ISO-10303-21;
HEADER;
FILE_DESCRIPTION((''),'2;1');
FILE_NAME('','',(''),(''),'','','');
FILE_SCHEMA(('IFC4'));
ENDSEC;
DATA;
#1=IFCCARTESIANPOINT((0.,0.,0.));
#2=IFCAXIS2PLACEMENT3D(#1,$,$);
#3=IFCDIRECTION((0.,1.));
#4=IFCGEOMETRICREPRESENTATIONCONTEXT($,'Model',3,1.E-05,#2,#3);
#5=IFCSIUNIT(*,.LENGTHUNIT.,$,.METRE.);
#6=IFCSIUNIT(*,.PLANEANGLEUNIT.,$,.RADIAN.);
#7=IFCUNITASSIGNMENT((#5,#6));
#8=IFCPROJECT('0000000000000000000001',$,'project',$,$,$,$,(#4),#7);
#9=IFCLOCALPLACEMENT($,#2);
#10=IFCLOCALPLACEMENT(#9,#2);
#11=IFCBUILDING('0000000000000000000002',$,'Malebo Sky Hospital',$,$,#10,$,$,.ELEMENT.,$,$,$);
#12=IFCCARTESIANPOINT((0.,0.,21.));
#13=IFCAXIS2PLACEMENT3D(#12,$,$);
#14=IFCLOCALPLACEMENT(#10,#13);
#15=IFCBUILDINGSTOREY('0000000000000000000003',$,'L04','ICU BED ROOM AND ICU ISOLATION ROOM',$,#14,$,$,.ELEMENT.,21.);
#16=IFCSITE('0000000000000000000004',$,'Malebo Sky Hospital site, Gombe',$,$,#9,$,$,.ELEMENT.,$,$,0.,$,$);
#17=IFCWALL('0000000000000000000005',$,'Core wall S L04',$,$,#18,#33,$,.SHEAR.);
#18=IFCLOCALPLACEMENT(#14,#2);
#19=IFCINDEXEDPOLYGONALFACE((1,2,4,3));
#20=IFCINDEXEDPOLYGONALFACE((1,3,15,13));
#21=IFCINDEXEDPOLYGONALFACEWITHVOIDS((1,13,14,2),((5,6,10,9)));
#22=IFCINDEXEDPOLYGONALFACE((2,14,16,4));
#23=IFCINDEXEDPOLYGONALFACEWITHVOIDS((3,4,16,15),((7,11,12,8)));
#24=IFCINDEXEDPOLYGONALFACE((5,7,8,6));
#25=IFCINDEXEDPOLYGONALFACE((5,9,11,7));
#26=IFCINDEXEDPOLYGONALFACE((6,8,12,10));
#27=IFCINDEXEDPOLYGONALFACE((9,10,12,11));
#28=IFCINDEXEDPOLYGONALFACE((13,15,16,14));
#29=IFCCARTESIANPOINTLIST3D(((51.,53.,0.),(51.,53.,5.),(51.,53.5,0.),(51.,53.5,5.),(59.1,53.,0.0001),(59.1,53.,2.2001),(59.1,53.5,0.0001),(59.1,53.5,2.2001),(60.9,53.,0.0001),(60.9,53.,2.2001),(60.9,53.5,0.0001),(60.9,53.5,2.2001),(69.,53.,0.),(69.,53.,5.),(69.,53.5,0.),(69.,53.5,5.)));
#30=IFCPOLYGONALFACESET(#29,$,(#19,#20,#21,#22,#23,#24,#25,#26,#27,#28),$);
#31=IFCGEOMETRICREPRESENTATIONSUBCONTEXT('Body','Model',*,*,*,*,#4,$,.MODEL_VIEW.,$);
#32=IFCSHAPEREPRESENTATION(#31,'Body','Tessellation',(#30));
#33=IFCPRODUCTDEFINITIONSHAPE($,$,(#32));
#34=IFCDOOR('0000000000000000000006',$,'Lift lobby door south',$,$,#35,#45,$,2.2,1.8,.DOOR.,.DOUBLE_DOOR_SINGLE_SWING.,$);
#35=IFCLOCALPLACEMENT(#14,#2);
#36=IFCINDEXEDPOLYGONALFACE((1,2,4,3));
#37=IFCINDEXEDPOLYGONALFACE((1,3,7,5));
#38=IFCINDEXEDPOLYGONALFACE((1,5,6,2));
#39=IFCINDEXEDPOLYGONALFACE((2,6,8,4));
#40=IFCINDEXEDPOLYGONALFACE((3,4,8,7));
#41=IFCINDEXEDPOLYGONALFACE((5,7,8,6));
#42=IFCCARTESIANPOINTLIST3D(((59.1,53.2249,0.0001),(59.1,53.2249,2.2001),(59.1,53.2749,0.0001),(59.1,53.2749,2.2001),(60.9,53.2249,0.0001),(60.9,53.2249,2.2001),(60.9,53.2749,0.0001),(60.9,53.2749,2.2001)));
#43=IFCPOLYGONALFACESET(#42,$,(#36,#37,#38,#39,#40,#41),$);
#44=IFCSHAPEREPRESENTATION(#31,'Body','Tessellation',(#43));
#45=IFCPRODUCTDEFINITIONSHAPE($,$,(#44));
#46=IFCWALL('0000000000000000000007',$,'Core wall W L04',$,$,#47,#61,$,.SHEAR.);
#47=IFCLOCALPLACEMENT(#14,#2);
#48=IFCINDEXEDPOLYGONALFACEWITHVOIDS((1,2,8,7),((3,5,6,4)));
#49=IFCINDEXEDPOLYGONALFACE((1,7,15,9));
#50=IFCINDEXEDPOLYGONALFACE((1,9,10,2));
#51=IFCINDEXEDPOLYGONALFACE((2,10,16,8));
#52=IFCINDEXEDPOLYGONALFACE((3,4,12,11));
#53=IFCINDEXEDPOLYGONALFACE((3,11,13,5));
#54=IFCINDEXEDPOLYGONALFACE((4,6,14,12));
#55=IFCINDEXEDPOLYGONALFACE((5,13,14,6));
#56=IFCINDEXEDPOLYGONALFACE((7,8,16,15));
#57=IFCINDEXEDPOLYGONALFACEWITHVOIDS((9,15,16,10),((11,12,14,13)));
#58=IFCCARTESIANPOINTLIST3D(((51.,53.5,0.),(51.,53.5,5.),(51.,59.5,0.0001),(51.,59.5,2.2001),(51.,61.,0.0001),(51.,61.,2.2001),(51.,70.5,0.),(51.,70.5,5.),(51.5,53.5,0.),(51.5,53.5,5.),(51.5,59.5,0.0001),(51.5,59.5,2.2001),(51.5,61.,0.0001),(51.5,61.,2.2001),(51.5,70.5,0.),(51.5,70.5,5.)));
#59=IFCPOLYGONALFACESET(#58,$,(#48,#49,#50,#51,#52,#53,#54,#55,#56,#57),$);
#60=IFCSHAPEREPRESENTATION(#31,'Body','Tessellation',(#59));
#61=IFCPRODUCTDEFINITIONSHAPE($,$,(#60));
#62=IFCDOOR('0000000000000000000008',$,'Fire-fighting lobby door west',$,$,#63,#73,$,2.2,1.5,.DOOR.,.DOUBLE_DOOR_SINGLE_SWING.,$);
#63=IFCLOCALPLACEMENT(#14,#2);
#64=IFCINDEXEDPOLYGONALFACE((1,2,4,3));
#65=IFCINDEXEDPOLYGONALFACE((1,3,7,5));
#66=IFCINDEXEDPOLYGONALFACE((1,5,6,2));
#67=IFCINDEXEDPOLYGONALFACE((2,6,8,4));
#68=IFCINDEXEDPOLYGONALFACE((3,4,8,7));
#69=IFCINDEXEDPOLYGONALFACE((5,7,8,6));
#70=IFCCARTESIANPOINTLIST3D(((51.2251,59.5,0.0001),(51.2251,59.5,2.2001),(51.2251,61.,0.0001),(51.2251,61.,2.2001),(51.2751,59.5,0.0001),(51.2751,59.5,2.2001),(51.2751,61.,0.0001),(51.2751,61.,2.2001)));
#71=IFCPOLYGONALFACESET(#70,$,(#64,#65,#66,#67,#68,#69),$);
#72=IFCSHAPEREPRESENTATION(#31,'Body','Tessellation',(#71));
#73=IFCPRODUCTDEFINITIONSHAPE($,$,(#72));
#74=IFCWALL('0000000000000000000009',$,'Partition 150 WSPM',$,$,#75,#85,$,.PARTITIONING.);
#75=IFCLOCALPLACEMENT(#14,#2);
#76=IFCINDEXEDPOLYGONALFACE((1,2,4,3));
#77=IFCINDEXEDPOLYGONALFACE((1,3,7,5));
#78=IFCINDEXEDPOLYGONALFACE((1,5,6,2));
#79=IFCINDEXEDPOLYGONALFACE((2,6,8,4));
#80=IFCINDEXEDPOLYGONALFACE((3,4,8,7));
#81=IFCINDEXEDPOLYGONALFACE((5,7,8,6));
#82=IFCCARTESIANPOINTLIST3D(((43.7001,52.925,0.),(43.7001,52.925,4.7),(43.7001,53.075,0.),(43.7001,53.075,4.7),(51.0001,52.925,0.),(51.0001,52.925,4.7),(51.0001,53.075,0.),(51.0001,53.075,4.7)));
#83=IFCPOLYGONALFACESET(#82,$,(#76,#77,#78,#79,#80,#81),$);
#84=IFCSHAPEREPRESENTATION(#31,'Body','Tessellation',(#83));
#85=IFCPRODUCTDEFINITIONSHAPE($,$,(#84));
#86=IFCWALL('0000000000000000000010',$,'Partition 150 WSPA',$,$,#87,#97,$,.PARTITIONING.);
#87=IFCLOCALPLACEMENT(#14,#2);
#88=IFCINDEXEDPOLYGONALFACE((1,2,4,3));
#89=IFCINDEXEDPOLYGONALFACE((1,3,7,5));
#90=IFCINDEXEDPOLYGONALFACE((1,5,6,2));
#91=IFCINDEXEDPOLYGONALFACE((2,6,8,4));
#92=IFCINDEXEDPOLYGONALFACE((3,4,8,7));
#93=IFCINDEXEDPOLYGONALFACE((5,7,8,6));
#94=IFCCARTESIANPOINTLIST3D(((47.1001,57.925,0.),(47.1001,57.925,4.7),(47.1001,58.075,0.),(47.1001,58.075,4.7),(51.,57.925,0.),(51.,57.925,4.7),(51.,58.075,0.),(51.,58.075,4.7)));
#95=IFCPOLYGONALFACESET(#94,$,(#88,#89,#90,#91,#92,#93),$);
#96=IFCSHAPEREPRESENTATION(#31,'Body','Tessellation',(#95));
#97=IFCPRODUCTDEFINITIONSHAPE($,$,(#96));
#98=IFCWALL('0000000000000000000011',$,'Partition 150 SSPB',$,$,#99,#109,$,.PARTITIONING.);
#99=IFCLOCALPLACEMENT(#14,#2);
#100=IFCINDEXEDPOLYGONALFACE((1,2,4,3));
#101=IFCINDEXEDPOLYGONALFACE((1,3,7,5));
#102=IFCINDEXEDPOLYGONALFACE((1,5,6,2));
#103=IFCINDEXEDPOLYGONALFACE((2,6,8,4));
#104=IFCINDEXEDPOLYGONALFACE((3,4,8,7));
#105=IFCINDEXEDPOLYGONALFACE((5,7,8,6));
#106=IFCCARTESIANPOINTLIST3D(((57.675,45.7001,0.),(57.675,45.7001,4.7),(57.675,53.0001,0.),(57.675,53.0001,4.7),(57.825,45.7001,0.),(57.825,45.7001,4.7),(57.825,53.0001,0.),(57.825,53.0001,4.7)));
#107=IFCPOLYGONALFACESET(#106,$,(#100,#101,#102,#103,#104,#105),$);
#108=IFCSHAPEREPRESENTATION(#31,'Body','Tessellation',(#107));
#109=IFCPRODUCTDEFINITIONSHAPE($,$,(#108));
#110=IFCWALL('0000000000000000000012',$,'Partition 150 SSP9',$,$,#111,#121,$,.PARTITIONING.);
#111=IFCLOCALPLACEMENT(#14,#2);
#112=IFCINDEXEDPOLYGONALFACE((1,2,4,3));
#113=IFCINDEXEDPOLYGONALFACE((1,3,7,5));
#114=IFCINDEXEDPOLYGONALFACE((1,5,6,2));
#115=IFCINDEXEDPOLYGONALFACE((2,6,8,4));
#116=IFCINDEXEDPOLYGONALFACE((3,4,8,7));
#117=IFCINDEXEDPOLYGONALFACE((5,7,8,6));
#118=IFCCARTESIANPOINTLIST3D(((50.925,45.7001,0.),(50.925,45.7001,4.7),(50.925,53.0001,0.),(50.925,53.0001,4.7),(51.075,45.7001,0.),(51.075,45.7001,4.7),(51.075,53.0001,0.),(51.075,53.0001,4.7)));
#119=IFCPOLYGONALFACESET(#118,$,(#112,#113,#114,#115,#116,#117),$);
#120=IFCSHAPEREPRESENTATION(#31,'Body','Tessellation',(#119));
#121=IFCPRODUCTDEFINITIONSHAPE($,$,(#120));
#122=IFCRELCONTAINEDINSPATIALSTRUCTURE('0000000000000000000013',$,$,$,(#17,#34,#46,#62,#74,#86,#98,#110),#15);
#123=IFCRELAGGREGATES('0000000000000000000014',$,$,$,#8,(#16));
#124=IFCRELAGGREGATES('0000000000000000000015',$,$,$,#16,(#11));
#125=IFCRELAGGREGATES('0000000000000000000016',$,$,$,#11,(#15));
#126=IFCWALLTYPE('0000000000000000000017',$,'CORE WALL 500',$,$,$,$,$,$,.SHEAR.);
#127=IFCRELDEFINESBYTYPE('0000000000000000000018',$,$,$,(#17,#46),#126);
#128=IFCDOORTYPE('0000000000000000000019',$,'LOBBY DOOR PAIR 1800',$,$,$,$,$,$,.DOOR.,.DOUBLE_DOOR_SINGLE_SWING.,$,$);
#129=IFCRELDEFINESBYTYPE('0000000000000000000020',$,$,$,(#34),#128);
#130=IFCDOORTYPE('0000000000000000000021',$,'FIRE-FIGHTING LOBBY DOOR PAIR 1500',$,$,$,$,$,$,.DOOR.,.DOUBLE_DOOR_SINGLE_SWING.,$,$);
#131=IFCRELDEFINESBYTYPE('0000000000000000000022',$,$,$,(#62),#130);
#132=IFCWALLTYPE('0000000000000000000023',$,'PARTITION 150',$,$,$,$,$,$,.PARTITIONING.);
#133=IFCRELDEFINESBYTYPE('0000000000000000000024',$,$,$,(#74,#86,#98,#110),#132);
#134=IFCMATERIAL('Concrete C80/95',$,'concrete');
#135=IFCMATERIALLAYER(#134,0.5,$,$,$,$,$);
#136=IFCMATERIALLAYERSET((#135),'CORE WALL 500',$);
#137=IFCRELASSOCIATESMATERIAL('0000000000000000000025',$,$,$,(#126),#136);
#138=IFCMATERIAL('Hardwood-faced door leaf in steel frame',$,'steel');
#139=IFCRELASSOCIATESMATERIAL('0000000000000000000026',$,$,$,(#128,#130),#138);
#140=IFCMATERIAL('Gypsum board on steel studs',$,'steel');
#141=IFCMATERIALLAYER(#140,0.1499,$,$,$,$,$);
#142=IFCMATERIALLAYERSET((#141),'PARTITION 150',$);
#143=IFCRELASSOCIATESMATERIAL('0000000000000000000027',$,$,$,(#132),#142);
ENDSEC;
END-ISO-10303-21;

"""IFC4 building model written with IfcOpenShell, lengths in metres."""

from ifc_helpers import new_model, si_unit, direction, frame, frame_2d, origin, place, context, subcontext, project, spatial, rectangle, extrude, material, layer, layer_set, type_object, element, fill, save


model = new_model("IFC4")

# Units and contexts
model_context = context("Model", 3, precision=1e-05, world=origin(), true_north=direction((0.0, 1.0)))
body_context = subcontext(model_context, "Body", "Model", "MODEL_VIEW")
ifc_project = project(units=[si_unit("LENGTHUNIT", "METRE"), si_unit("PLANEANGLEUNIT", "RADIAN")], contexts=[model_context])

# Site, building, storey
site_placement = place(None, origin())
site = spatial("IfcSite", under=ifc_project, at=site_placement, Name="Malebo Sky Hospital site, Gombe", CompositionType="ELEMENT", RefElevation=0.0)
building_placement = place(site_placement, origin())
building = spatial("IfcBuilding", under=site, at=building_placement, Name="Malebo Sky Hospital", CompositionType="ELEMENT")
storey_placement = place(building_placement, frame((0.0, 0.0, 21.0)))
storey = spatial("IfcBuildingStorey", under=building, at=storey_placement, Name="L04", Description="ICU BED ROOM AND ICU ISOLATION ROOM", CompositionType="ELEMENT", Elevation=21.0)

# Shared definitions
ifc_material_1 = material(Name="Concrete C80/95", Category="concrete")

# Walls, openings, doors
ifc_layer_1 = layer(ifc_material_1, 0.5)
ifc_layer_set_1 = layer_set([ifc_layer_1], Name="CORE WALL 500")
wall_type_1 = type_object("IfcWallType", Name="CORE WALL 500", PredefinedType="SHEAR", material=ifc_layer_set_1)
wall_1_placement = place(storey_placement, frame((51.0, 53.25, 0.0), z_axis=(0.0, 0.0, 1.0), x_axis=(1.0, 0.0, 0.0)))
wall_1 = element("IfcWall", 1, at=wall_1_placement, inside=storey, type_object=wall_type_1, Name="Core wall S L04", PredefinedType="SHEAR", context=body_context, shape_type="SweptSolid", body=[
    extrude(rectangle(XDim=18.0, YDim=0.5, at=frame_2d((9.0, 0.0))), origin(), (0.0, 0.0, 1.0), 5.0),
])
opening_1_placement = place(wall_1_placement, frame((8.1001, 0.0, 0.0)))
opening_1 = element("IfcOpeningElement", 2, at=opening_1_placement, cuts=wall_1, PredefinedType="OPENING", context=body_context, shape_type="SweptSolid", body=[
    extrude(rectangle(XDim=1.8, YDim=2.2, at=frame_2d((0.8999, 1.1001))), frame((0.0, 0.26, 0.0), z_axis=(0.0, -1.0, 0.0), x_axis=(1.0, 0.0, 0.0)), (0.0, 0.0, 1.0), 0.52),
])
ifc_material_2 = material(Name="Hardwood-faced door leaf in steel frame", Category="steel")
door_type_1 = type_object("IfcDoorType", Name="LOBBY DOOR PAIR 1800", OperationType="DOUBLE_DOOR_SINGLE_SWING", PredefinedType="DOOR", material=ifc_material_2)
door_1_placement = place(opening_1_placement, origin())
door_1 = element("IfcDoor", 3, at=door_1_placement, inside=storey, type_object=door_type_1, Name="Lift lobby door south", OperationType="DOUBLE_DOOR_SINGLE_SWING", OverallHeight=2.2, OverallWidth=1.8, PredefinedType="DOOR", context=body_context, shape_type="SweptSolid", body=[
    extrude(rectangle(XDim=1.8, YDim=2.2, at=frame_2d((0.8999, 1.1001))), frame((0.0, 0.0249, 0.0), z_axis=(0.0, -1.0, 0.0), x_axis=(1.0, 0.0, 0.0)), (0.0, 0.0, 1.0), 0.05),
])
fill(opening_1, door_1)
wall_2_placement = place(storey_placement, frame((51.25, 53.5, 0.0), z_axis=(0.0, 0.0, 1.0), x_axis=(0.0, 1.0, 0.0)))
wall_2 = element("IfcWall", 4, at=wall_2_placement, inside=storey, type_object=wall_type_1, Name="Core wall W L04", PredefinedType="SHEAR", context=body_context, shape_type="SweptSolid", body=[
    extrude(rectangle(XDim=17.0, YDim=0.5, at=frame_2d((8.5, 0.0))), origin(), (0.0, 0.0, 1.0), 5.0),
])
opening_2_placement = place(wall_2_placement, frame((6.0, 0.0, 0.0)))
opening_2 = element("IfcOpeningElement", 5, at=opening_2_placement, cuts=wall_2, PredefinedType="OPENING", context=body_context, shape_type="SweptSolid", body=[
    extrude(rectangle(XDim=1.5, YDim=2.2, at=frame_2d((0.75, 1.1001))), frame((0.0, 0.26, 0.0), z_axis=(0.0, -1.0, 0.0), x_axis=(1.0, 0.0, 0.0)), (0.0, 0.0, 1.0), 0.52),
])
door_type_2 = type_object("IfcDoorType", Name="FIRE-FIGHTING LOBBY DOOR PAIR 1500", OperationType="DOUBLE_DOOR_SINGLE_SWING", PredefinedType="DOOR", material=ifc_material_2)
door_2_placement = place(opening_2_placement, origin())
door_2 = element("IfcDoor", 6, at=door_2_placement, inside=storey, type_object=door_type_2, Name="Fire-fighting lobby door west", OperationType="DOUBLE_DOOR_SINGLE_SWING", OverallHeight=2.2, OverallWidth=1.5, PredefinedType="DOOR", context=body_context, shape_type="SweptSolid", body=[
    extrude(rectangle(XDim=1.5, YDim=2.2, at=frame_2d((0.75, 1.1001))), frame((0.0, 0.0249, 0.0), z_axis=(0.0, -1.0, 0.0), x_axis=(1.0, 0.0, 0.0)), (0.0, 0.0, 1.0), 0.05),
])
fill(opening_2, door_2)

# Walls
ifc_material_3 = material(Name="Gypsum board on steel studs", Category="steel")
ifc_layer_2 = layer(ifc_material_3, 0.1499)
ifc_layer_set_2 = layer_set([ifc_layer_2], Name="PARTITION 150")
wall_type_2 = type_object("IfcWallType", Name="PARTITION 150", PredefinedType="PARTITIONING", material=ifc_layer_set_2)
wall_3_placement = place(storey_placement, frame((51.0, 53.0, 0.0), z_axis=(0.0, 0.0, 1.0), x_axis=(-1.0, 0.0, 0.0)))
element("IfcWall", 7, at=wall_3_placement, inside=storey, type_object=wall_type_2, Name="Partition 150 WSPM", PredefinedType="PARTITIONING", context=body_context, shape_type="SweptSolid", body=[
    extrude(rectangle(XDim=7.3, YDim=0.1499, at=frame_2d((3.6499, 0.0))), origin(), (0.0, 0.0, 1.0), 4.7),
])
wall_4_placement = place(storey_placement, frame((51.0, 58.0, 0.0), z_axis=(0.0, 0.0, 1.0), x_axis=(-1.0, 0.0, 0.0)))
element("IfcWall", 8, at=wall_4_placement, inside=storey, type_object=wall_type_2, Name="Partition 150 WSPA", PredefinedType="PARTITIONING", context=body_context, shape_type="SweptSolid", body=[
    extrude(rectangle(XDim=3.8999, YDim=0.1499, at=frame_2d((1.95, 0.0))), origin(), (0.0, 0.0, 1.0), 4.7),
])
for number, where, z_axis, x_axis, name in (
    (9, (57.75, 53.0, 0.0), (0.0, 0.0, 1.0), (0.0, -1.0, 0.0), "Partition 150 SSPB"),
    (10, (51.0, 53.0, 0.0), (0.0, 0.0, 1.0), (0.0, -1.0, 0.0), "Partition 150 SSP9"),
):
    element("IfcWall", number, at=place(storey_placement, frame(where, z_axis=z_axis, x_axis=x_axis)), inside=storey, type_object=wall_type_2, Name=name, PredefinedType="PARTITIONING", context=body_context, shape_type="SweptSolid", body=[
        extrude(rectangle(XDim=7.3, YDim=0.1499, at=frame_2d((3.6499, 0.0))), origin(), (0.0, 0.0, 1.0), 4.7),
    ])

save(model, "model.ifc")
